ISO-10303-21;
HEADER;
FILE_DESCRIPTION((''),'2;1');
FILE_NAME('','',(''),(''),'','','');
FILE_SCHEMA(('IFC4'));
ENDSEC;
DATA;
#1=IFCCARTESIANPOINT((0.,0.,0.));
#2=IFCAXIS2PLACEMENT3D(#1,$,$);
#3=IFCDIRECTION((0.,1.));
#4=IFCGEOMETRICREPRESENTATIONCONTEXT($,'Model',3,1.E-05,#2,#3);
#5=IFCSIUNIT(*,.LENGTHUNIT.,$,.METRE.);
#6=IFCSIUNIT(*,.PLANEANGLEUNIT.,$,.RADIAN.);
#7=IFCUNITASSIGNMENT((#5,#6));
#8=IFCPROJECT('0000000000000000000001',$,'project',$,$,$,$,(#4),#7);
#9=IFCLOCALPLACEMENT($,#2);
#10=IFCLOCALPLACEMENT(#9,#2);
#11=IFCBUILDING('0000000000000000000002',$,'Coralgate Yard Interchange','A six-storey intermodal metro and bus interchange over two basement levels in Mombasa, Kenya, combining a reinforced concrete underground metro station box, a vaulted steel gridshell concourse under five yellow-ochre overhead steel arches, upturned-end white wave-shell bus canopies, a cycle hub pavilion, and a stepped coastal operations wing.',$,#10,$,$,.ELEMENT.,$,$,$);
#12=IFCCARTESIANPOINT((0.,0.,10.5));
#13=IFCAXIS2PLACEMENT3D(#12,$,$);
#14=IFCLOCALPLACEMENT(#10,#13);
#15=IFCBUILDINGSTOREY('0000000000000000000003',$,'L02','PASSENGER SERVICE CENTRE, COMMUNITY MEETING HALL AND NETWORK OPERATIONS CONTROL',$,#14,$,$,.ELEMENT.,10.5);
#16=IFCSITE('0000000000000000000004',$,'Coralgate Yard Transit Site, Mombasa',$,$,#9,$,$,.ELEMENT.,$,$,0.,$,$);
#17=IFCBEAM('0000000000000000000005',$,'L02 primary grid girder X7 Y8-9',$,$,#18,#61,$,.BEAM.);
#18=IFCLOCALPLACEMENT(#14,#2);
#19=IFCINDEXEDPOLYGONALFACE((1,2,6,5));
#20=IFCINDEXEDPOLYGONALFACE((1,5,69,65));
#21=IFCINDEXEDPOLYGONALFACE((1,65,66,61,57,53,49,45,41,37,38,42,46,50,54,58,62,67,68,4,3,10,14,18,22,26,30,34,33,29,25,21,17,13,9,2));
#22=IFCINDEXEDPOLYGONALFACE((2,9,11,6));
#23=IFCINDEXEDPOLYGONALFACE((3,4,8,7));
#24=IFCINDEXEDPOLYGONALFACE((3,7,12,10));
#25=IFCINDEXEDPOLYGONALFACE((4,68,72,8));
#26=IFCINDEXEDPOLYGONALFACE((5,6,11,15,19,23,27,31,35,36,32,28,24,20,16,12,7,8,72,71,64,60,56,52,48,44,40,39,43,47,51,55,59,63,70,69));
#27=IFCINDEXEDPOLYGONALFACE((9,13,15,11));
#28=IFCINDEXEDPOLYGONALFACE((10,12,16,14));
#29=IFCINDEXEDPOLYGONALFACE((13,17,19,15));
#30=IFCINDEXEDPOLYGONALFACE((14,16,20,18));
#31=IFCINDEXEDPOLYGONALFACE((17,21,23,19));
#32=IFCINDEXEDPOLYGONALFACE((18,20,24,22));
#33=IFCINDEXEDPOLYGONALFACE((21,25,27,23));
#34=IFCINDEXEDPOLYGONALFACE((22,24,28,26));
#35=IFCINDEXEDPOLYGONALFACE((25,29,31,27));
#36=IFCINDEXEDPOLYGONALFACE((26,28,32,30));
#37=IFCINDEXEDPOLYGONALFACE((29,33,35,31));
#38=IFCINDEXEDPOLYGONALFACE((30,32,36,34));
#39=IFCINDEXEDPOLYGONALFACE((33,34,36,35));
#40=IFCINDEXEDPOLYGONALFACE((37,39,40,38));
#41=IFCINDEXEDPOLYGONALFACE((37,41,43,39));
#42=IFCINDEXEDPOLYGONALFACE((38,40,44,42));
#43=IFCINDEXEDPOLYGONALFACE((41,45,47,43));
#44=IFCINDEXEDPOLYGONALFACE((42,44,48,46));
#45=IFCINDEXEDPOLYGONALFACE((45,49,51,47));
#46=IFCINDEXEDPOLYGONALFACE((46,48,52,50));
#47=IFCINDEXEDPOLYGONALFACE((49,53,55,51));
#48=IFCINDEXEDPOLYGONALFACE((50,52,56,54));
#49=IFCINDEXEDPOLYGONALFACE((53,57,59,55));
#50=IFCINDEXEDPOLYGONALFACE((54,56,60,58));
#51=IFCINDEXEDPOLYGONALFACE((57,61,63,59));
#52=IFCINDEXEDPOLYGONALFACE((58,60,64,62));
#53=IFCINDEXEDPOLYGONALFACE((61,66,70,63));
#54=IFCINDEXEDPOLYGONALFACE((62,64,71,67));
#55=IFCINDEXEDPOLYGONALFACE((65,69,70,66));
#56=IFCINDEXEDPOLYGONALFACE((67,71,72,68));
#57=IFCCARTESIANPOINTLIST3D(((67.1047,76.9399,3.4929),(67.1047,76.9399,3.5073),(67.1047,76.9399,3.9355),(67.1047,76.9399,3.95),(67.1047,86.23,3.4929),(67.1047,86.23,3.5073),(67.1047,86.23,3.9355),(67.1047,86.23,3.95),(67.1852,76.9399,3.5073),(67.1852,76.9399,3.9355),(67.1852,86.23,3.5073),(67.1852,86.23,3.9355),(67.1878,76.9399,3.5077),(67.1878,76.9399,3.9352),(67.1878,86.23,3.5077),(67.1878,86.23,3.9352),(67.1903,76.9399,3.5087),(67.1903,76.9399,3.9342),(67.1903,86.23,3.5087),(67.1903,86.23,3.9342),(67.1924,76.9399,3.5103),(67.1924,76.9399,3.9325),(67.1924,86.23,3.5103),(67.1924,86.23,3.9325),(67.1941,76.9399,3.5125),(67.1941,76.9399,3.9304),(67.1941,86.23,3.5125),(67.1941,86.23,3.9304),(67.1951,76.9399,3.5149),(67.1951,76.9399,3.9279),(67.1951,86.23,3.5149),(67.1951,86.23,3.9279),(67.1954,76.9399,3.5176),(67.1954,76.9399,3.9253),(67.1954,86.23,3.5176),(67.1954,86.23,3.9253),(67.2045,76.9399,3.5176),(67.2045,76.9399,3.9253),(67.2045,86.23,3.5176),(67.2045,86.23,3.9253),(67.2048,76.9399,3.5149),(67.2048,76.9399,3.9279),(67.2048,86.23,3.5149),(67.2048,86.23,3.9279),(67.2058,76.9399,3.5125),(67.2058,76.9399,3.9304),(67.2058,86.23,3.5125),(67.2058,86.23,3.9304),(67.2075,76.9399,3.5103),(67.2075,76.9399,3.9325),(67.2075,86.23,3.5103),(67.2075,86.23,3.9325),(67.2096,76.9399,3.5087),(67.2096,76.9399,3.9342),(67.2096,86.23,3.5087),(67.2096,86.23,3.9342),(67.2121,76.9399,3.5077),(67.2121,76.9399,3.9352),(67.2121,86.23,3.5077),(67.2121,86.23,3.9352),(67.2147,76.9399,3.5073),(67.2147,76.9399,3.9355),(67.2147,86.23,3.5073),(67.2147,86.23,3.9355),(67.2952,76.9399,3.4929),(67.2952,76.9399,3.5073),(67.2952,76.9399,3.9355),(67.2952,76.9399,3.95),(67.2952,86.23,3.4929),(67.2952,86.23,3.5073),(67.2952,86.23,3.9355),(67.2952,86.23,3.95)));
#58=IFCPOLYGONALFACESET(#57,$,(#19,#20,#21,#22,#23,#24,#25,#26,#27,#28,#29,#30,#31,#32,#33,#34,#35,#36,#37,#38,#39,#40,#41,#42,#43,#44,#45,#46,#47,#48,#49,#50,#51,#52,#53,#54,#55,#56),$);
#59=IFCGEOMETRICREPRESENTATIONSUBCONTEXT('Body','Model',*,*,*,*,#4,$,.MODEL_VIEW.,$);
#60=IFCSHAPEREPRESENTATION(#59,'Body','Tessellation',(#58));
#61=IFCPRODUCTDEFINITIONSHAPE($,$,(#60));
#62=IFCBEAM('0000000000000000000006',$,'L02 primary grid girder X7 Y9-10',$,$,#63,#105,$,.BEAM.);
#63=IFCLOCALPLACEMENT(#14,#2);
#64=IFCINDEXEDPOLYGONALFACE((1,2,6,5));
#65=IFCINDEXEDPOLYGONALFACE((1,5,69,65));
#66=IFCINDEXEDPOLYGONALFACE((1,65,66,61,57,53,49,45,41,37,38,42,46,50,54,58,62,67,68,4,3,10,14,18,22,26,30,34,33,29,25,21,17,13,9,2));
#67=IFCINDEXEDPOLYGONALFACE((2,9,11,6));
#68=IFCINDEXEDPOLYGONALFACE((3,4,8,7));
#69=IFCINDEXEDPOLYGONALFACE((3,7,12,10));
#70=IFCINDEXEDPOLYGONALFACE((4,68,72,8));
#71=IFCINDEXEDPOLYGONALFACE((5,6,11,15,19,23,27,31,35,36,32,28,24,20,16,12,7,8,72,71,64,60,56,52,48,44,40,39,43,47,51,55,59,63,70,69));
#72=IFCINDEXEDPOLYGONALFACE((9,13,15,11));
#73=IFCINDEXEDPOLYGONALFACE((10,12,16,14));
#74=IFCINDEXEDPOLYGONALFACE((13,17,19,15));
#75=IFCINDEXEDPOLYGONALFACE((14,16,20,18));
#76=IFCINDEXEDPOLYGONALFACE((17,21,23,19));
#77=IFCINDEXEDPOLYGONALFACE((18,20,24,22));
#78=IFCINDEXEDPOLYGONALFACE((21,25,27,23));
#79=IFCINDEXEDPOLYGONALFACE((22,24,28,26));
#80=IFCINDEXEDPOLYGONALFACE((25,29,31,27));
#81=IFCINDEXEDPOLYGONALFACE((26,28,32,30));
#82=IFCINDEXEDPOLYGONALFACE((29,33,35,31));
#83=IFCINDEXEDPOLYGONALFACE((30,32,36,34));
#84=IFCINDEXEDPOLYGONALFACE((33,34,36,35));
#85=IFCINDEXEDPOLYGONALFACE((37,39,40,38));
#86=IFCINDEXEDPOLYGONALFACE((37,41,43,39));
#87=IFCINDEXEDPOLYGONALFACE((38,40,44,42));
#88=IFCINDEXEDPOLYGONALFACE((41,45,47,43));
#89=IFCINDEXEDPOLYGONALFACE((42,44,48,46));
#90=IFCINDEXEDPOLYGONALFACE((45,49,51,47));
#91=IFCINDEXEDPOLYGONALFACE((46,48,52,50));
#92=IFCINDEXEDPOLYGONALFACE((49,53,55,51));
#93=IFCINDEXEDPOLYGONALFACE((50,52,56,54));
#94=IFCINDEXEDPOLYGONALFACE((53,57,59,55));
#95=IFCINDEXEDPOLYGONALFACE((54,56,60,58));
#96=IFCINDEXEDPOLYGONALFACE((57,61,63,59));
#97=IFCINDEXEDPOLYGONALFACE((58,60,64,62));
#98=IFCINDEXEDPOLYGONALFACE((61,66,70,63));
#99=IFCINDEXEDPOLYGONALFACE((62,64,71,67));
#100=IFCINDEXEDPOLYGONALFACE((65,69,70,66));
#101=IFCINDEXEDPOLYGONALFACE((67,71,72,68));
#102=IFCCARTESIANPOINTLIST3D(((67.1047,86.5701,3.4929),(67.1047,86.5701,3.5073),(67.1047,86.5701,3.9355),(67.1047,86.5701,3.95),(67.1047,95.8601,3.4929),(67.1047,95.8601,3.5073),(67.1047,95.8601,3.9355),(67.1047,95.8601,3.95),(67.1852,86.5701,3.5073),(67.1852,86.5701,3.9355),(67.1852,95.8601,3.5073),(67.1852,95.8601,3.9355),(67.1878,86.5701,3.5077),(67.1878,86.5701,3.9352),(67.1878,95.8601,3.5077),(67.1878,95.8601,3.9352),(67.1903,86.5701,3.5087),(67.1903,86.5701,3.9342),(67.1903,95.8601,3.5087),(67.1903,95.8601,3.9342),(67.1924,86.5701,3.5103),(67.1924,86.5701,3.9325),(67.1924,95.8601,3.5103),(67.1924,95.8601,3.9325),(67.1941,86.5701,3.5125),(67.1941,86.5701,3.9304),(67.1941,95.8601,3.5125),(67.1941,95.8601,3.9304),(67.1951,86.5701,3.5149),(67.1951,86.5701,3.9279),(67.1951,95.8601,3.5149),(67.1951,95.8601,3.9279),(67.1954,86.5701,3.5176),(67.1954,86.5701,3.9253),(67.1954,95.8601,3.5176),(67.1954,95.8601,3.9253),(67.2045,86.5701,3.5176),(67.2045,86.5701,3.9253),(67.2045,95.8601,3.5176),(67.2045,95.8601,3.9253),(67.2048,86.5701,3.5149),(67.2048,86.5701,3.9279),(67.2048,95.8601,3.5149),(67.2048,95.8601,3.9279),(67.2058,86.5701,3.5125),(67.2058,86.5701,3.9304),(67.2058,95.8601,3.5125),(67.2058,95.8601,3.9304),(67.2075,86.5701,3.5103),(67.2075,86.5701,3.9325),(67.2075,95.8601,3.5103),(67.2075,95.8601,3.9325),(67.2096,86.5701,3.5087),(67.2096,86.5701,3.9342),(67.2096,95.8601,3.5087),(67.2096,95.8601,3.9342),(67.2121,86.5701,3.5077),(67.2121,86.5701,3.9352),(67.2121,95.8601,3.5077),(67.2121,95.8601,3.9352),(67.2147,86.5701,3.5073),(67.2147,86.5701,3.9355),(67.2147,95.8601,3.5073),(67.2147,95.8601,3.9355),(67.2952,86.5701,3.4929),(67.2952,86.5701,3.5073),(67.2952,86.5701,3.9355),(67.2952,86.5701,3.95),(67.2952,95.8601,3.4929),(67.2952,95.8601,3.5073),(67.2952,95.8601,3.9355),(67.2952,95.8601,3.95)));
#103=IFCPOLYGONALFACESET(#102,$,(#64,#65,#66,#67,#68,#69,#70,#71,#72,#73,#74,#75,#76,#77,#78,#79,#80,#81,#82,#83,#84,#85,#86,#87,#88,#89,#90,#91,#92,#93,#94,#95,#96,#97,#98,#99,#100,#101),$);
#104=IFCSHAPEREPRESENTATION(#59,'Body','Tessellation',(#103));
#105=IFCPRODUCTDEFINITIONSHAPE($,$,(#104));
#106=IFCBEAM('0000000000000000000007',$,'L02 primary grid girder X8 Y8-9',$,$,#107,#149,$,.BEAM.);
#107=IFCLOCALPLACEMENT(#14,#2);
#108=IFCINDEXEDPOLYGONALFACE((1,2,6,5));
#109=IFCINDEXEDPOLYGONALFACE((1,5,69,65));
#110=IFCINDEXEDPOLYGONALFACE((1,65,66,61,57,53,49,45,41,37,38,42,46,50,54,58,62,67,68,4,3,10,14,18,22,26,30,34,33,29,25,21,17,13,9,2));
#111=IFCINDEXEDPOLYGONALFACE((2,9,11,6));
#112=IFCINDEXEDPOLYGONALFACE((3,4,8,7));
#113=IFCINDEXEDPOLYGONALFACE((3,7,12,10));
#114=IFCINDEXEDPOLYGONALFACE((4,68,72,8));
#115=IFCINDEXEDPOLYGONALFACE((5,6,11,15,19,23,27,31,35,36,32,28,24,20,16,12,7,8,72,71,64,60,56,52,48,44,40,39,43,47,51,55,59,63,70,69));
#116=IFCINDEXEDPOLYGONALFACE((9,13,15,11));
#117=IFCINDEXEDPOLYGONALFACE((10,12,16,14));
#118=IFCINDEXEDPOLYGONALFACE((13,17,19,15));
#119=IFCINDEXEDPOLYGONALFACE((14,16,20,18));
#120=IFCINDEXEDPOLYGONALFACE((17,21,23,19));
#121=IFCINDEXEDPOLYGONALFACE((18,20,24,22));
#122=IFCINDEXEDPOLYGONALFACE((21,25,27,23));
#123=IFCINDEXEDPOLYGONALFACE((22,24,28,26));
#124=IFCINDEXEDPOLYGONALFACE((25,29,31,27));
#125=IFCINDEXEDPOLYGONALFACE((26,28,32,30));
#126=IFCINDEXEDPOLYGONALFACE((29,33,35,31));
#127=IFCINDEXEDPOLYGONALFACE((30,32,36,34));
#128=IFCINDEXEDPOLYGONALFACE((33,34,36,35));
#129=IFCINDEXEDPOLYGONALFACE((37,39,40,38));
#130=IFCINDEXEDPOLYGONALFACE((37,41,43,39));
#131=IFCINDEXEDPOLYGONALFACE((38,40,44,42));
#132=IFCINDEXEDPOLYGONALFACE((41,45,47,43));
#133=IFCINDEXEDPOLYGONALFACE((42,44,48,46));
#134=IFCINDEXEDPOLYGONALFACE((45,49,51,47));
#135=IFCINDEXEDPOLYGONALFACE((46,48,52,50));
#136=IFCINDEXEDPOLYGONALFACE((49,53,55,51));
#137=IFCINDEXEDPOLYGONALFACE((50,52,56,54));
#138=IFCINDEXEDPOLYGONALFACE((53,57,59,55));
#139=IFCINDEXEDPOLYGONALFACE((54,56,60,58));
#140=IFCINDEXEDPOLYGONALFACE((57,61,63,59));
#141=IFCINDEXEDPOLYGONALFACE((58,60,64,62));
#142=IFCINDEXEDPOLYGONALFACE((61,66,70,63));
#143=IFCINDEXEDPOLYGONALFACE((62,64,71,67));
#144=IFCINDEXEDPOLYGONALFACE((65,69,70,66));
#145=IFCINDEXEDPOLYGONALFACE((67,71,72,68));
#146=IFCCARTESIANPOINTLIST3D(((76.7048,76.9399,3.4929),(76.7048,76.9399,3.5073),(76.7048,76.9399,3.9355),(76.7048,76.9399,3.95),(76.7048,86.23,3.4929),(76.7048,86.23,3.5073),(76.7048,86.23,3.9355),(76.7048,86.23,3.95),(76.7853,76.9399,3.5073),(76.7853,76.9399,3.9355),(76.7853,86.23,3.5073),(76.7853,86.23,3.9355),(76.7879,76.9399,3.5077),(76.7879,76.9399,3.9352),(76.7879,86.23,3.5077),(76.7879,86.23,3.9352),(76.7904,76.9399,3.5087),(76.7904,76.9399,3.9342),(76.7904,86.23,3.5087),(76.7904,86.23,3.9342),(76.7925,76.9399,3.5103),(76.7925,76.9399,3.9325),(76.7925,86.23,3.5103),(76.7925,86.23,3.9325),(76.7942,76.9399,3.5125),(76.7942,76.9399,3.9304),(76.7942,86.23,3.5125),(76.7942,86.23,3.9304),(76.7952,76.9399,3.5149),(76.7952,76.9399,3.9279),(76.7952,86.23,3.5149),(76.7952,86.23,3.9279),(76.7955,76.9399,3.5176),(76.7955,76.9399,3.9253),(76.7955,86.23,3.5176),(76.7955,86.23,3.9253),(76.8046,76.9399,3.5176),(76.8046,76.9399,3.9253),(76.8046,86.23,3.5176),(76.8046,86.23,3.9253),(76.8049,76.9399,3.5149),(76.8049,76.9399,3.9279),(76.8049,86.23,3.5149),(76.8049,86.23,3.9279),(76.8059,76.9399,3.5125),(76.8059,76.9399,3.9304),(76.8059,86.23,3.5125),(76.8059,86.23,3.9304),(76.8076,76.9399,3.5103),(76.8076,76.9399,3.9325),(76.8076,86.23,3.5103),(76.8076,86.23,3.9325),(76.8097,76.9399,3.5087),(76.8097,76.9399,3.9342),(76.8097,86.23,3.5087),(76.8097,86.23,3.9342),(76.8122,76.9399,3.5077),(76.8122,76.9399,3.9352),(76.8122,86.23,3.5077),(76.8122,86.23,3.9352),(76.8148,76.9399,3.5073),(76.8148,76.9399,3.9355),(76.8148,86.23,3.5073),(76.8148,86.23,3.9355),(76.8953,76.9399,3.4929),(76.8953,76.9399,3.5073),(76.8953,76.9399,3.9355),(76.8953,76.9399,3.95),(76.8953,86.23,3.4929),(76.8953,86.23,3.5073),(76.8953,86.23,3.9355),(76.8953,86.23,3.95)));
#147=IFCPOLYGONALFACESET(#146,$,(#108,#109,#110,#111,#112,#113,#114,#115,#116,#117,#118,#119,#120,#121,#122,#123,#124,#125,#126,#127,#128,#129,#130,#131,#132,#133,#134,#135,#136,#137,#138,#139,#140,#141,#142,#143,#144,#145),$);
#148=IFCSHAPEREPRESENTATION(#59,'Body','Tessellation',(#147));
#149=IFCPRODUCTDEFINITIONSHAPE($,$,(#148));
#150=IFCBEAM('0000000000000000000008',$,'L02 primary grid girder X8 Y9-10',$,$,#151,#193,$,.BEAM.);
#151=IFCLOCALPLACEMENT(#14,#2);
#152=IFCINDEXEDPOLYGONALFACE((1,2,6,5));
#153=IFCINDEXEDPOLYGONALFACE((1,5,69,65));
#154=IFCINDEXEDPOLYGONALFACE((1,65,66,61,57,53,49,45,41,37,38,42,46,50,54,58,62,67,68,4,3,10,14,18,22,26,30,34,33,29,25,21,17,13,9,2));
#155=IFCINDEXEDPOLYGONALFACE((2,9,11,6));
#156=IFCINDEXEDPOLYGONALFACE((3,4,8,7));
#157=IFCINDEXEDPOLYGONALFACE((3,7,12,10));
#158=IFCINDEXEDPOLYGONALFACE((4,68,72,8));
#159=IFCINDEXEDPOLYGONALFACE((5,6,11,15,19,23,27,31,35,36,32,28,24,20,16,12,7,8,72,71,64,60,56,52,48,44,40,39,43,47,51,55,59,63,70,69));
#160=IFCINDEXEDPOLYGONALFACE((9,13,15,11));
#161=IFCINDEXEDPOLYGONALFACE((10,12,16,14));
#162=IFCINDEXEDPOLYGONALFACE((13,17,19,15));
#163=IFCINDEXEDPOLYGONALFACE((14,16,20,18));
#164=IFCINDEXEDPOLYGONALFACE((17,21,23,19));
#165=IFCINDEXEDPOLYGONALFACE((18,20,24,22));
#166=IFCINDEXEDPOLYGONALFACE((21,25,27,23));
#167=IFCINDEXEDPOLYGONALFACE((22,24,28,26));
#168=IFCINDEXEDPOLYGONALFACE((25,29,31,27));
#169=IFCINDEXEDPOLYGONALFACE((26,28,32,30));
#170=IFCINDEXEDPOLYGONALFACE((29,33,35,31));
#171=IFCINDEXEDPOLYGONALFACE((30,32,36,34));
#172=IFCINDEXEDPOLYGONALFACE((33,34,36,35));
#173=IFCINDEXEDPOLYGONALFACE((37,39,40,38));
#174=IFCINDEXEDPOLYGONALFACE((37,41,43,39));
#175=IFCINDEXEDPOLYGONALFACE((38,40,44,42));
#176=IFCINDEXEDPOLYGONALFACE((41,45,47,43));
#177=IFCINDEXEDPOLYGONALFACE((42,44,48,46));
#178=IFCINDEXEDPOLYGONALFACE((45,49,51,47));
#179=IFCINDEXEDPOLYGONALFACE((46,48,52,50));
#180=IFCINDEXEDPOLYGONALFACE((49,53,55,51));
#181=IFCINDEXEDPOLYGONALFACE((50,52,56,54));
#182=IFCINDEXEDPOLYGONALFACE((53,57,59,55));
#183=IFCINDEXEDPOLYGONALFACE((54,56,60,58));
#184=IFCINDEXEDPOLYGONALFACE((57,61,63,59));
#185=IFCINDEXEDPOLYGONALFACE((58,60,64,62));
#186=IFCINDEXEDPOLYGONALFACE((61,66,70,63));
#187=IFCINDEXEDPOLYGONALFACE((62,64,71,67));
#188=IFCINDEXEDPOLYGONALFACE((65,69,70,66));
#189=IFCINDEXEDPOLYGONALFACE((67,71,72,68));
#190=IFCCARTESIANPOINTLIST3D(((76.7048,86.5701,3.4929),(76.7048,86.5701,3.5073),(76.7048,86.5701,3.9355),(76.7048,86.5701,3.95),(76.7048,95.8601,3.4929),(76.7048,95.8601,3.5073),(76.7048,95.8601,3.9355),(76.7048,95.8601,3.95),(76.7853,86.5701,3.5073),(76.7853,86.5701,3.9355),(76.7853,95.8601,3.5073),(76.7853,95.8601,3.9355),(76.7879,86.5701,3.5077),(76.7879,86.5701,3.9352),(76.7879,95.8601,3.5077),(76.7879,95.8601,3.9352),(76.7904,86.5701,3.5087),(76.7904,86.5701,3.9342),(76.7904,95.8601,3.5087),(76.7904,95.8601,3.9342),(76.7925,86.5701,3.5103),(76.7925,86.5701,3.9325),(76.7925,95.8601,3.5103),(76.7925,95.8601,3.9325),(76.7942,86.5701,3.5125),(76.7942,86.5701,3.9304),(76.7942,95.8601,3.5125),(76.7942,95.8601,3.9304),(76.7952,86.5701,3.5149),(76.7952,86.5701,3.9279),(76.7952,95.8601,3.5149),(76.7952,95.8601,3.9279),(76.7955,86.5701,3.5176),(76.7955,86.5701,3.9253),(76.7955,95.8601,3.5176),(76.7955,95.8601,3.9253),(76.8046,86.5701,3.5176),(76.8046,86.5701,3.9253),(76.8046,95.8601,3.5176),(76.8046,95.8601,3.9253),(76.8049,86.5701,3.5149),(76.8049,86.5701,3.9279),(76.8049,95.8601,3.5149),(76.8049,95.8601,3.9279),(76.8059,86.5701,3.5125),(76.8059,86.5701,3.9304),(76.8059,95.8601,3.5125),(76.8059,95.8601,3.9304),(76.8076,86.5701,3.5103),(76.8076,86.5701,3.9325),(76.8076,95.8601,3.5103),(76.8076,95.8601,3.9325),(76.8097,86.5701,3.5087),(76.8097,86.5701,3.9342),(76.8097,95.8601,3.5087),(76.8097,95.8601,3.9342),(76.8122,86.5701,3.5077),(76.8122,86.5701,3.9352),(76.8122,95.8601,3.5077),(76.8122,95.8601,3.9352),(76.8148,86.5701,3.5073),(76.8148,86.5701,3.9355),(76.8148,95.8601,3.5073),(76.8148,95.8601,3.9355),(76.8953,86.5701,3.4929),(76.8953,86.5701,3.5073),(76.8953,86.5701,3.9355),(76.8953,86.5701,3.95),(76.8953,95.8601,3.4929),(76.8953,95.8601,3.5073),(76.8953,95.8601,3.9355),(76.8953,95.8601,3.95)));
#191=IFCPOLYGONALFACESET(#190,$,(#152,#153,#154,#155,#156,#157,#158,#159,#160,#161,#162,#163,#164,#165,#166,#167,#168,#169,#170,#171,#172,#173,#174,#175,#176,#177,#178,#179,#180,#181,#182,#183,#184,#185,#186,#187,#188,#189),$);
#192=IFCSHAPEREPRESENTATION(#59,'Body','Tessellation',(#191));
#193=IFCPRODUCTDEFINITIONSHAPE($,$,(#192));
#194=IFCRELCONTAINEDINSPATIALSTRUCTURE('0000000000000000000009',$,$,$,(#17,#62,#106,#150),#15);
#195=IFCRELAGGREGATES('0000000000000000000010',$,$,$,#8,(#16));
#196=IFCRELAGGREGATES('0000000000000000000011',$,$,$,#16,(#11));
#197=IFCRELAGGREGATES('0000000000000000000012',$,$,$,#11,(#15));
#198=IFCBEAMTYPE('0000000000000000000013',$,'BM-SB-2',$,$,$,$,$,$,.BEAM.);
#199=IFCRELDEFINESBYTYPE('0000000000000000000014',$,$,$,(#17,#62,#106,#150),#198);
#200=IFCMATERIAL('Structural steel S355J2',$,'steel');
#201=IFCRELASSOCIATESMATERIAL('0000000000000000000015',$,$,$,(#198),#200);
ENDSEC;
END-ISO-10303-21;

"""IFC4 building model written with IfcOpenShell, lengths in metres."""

from ifc_helpers import new_model, si_unit, direction, frame, origin, origin_2d, place, context, subcontext, project, spatial, i_section, extrude, material, material_profile, profile_set, type_object, element, save


model = new_model("IFC4")

# Units and contexts
model_context = context("Model", 3, precision=1e-05, world=origin(), true_north=direction((0.0, 1.0)))
body_context = subcontext(model_context, "Body", "Model", "MODEL_VIEW")
ifc_project = project(units=[si_unit("LENGTHUNIT", "METRE"), si_unit("PLANEANGLEUNIT", "RADIAN")], contexts=[model_context])

# Site, building, storey
site_placement = place(None, origin())
site = spatial("IfcSite", under=ifc_project, at=site_placement, Name="Coralgate Yard Transit Site, Mombasa", CompositionType="ELEMENT", RefElevation=0.0)
building_placement = place(site_placement, origin())
building = spatial("IfcBuilding", under=site, at=building_placement, Name="Coralgate Yard Interchange", Description="A six-storey intermodal metro and bus interchange over two basement levels in Mombasa, Kenya, combining a reinforced concrete underground metro station box, a vaulted steel gridshell concourse under five yellow-ochre overhead steel arches, upturned-end white wave-shell bus canopies, a cycle hub pavilion, and a stepped coastal operations wing.", CompositionType="ELEMENT")
storey_placement = place(building_placement, frame((0.0, 0.0, 10.5)))
storey = spatial("IfcBuildingStorey", under=building, at=storey_placement, Name="L02", Description="PASSENGER SERVICE CENTRE, COMMUNITY MEETING HALL AND NETWORK OPERATIONS CONTROL", CompositionType="ELEMENT", Elevation=10.5)

# Shared definitions
ifc_material_1 = material(Name="Structural steel S355J2", Category="steel")

# Beams
ifc_material_profile_1 = material_profile(ifc_material_1, i_section(OverallWidth=0.1904, OverallDepth=0.457, WebThickness=0.009, FlangeThickness=0.0144, FilletRadius=0.0103, at=origin_2d()), Name="UB 457x191x74")
ifc_profile_set_1 = profile_set([ifc_material_profile_1], Name="Structural steel S355J2")
beam_type_1 = type_object("IfcBeamType", Name="BM-SB-2", PredefinedType="BEAM", material=ifc_profile_set_1)
for number, where, z_axis, x_axis, name in (
    (1, (67.2, 76.9399, 3.7214), (0.0, 1.0, 0.0), (-1.0, 0.0, 0.0), "L02 primary grid girder X7 Y8-9"),
    (2, (67.2, 86.5701, 3.7214), (0.0, 1.0, 0.0), (-1.0, 0.0, 0.0), "L02 primary grid girder X7 Y9-10"),
    (3, (76.8, 76.9399, 3.7214), (0.0, 1.0, 0.0), (-1.0, 0.0, 0.0), "L02 primary grid girder X8 Y8-9"),
    (4, (76.8, 86.5701, 3.7214), (0.0, 1.0, 0.0), (-1.0, 0.0, 0.0), "L02 primary grid girder X8 Y9-10"),
):
    element("IfcBeam", number, at=place(storey_placement, frame(where, z_axis=z_axis, x_axis=x_axis)), inside=storey, type_object=beam_type_1, Name=name, PredefinedType="BEAM", context=body_context, shape_type="SweptSolid", body=[
        extrude(i_section(OverallWidth=0.1904, OverallDepth=0.457, WebThickness=0.009, FlangeThickness=0.0144, FilletRadius=0.0103, at=origin_2d()), origin(), (0.0, 0.0, 1.0), 9.29),
    ])

save(model, "model.ifc")
